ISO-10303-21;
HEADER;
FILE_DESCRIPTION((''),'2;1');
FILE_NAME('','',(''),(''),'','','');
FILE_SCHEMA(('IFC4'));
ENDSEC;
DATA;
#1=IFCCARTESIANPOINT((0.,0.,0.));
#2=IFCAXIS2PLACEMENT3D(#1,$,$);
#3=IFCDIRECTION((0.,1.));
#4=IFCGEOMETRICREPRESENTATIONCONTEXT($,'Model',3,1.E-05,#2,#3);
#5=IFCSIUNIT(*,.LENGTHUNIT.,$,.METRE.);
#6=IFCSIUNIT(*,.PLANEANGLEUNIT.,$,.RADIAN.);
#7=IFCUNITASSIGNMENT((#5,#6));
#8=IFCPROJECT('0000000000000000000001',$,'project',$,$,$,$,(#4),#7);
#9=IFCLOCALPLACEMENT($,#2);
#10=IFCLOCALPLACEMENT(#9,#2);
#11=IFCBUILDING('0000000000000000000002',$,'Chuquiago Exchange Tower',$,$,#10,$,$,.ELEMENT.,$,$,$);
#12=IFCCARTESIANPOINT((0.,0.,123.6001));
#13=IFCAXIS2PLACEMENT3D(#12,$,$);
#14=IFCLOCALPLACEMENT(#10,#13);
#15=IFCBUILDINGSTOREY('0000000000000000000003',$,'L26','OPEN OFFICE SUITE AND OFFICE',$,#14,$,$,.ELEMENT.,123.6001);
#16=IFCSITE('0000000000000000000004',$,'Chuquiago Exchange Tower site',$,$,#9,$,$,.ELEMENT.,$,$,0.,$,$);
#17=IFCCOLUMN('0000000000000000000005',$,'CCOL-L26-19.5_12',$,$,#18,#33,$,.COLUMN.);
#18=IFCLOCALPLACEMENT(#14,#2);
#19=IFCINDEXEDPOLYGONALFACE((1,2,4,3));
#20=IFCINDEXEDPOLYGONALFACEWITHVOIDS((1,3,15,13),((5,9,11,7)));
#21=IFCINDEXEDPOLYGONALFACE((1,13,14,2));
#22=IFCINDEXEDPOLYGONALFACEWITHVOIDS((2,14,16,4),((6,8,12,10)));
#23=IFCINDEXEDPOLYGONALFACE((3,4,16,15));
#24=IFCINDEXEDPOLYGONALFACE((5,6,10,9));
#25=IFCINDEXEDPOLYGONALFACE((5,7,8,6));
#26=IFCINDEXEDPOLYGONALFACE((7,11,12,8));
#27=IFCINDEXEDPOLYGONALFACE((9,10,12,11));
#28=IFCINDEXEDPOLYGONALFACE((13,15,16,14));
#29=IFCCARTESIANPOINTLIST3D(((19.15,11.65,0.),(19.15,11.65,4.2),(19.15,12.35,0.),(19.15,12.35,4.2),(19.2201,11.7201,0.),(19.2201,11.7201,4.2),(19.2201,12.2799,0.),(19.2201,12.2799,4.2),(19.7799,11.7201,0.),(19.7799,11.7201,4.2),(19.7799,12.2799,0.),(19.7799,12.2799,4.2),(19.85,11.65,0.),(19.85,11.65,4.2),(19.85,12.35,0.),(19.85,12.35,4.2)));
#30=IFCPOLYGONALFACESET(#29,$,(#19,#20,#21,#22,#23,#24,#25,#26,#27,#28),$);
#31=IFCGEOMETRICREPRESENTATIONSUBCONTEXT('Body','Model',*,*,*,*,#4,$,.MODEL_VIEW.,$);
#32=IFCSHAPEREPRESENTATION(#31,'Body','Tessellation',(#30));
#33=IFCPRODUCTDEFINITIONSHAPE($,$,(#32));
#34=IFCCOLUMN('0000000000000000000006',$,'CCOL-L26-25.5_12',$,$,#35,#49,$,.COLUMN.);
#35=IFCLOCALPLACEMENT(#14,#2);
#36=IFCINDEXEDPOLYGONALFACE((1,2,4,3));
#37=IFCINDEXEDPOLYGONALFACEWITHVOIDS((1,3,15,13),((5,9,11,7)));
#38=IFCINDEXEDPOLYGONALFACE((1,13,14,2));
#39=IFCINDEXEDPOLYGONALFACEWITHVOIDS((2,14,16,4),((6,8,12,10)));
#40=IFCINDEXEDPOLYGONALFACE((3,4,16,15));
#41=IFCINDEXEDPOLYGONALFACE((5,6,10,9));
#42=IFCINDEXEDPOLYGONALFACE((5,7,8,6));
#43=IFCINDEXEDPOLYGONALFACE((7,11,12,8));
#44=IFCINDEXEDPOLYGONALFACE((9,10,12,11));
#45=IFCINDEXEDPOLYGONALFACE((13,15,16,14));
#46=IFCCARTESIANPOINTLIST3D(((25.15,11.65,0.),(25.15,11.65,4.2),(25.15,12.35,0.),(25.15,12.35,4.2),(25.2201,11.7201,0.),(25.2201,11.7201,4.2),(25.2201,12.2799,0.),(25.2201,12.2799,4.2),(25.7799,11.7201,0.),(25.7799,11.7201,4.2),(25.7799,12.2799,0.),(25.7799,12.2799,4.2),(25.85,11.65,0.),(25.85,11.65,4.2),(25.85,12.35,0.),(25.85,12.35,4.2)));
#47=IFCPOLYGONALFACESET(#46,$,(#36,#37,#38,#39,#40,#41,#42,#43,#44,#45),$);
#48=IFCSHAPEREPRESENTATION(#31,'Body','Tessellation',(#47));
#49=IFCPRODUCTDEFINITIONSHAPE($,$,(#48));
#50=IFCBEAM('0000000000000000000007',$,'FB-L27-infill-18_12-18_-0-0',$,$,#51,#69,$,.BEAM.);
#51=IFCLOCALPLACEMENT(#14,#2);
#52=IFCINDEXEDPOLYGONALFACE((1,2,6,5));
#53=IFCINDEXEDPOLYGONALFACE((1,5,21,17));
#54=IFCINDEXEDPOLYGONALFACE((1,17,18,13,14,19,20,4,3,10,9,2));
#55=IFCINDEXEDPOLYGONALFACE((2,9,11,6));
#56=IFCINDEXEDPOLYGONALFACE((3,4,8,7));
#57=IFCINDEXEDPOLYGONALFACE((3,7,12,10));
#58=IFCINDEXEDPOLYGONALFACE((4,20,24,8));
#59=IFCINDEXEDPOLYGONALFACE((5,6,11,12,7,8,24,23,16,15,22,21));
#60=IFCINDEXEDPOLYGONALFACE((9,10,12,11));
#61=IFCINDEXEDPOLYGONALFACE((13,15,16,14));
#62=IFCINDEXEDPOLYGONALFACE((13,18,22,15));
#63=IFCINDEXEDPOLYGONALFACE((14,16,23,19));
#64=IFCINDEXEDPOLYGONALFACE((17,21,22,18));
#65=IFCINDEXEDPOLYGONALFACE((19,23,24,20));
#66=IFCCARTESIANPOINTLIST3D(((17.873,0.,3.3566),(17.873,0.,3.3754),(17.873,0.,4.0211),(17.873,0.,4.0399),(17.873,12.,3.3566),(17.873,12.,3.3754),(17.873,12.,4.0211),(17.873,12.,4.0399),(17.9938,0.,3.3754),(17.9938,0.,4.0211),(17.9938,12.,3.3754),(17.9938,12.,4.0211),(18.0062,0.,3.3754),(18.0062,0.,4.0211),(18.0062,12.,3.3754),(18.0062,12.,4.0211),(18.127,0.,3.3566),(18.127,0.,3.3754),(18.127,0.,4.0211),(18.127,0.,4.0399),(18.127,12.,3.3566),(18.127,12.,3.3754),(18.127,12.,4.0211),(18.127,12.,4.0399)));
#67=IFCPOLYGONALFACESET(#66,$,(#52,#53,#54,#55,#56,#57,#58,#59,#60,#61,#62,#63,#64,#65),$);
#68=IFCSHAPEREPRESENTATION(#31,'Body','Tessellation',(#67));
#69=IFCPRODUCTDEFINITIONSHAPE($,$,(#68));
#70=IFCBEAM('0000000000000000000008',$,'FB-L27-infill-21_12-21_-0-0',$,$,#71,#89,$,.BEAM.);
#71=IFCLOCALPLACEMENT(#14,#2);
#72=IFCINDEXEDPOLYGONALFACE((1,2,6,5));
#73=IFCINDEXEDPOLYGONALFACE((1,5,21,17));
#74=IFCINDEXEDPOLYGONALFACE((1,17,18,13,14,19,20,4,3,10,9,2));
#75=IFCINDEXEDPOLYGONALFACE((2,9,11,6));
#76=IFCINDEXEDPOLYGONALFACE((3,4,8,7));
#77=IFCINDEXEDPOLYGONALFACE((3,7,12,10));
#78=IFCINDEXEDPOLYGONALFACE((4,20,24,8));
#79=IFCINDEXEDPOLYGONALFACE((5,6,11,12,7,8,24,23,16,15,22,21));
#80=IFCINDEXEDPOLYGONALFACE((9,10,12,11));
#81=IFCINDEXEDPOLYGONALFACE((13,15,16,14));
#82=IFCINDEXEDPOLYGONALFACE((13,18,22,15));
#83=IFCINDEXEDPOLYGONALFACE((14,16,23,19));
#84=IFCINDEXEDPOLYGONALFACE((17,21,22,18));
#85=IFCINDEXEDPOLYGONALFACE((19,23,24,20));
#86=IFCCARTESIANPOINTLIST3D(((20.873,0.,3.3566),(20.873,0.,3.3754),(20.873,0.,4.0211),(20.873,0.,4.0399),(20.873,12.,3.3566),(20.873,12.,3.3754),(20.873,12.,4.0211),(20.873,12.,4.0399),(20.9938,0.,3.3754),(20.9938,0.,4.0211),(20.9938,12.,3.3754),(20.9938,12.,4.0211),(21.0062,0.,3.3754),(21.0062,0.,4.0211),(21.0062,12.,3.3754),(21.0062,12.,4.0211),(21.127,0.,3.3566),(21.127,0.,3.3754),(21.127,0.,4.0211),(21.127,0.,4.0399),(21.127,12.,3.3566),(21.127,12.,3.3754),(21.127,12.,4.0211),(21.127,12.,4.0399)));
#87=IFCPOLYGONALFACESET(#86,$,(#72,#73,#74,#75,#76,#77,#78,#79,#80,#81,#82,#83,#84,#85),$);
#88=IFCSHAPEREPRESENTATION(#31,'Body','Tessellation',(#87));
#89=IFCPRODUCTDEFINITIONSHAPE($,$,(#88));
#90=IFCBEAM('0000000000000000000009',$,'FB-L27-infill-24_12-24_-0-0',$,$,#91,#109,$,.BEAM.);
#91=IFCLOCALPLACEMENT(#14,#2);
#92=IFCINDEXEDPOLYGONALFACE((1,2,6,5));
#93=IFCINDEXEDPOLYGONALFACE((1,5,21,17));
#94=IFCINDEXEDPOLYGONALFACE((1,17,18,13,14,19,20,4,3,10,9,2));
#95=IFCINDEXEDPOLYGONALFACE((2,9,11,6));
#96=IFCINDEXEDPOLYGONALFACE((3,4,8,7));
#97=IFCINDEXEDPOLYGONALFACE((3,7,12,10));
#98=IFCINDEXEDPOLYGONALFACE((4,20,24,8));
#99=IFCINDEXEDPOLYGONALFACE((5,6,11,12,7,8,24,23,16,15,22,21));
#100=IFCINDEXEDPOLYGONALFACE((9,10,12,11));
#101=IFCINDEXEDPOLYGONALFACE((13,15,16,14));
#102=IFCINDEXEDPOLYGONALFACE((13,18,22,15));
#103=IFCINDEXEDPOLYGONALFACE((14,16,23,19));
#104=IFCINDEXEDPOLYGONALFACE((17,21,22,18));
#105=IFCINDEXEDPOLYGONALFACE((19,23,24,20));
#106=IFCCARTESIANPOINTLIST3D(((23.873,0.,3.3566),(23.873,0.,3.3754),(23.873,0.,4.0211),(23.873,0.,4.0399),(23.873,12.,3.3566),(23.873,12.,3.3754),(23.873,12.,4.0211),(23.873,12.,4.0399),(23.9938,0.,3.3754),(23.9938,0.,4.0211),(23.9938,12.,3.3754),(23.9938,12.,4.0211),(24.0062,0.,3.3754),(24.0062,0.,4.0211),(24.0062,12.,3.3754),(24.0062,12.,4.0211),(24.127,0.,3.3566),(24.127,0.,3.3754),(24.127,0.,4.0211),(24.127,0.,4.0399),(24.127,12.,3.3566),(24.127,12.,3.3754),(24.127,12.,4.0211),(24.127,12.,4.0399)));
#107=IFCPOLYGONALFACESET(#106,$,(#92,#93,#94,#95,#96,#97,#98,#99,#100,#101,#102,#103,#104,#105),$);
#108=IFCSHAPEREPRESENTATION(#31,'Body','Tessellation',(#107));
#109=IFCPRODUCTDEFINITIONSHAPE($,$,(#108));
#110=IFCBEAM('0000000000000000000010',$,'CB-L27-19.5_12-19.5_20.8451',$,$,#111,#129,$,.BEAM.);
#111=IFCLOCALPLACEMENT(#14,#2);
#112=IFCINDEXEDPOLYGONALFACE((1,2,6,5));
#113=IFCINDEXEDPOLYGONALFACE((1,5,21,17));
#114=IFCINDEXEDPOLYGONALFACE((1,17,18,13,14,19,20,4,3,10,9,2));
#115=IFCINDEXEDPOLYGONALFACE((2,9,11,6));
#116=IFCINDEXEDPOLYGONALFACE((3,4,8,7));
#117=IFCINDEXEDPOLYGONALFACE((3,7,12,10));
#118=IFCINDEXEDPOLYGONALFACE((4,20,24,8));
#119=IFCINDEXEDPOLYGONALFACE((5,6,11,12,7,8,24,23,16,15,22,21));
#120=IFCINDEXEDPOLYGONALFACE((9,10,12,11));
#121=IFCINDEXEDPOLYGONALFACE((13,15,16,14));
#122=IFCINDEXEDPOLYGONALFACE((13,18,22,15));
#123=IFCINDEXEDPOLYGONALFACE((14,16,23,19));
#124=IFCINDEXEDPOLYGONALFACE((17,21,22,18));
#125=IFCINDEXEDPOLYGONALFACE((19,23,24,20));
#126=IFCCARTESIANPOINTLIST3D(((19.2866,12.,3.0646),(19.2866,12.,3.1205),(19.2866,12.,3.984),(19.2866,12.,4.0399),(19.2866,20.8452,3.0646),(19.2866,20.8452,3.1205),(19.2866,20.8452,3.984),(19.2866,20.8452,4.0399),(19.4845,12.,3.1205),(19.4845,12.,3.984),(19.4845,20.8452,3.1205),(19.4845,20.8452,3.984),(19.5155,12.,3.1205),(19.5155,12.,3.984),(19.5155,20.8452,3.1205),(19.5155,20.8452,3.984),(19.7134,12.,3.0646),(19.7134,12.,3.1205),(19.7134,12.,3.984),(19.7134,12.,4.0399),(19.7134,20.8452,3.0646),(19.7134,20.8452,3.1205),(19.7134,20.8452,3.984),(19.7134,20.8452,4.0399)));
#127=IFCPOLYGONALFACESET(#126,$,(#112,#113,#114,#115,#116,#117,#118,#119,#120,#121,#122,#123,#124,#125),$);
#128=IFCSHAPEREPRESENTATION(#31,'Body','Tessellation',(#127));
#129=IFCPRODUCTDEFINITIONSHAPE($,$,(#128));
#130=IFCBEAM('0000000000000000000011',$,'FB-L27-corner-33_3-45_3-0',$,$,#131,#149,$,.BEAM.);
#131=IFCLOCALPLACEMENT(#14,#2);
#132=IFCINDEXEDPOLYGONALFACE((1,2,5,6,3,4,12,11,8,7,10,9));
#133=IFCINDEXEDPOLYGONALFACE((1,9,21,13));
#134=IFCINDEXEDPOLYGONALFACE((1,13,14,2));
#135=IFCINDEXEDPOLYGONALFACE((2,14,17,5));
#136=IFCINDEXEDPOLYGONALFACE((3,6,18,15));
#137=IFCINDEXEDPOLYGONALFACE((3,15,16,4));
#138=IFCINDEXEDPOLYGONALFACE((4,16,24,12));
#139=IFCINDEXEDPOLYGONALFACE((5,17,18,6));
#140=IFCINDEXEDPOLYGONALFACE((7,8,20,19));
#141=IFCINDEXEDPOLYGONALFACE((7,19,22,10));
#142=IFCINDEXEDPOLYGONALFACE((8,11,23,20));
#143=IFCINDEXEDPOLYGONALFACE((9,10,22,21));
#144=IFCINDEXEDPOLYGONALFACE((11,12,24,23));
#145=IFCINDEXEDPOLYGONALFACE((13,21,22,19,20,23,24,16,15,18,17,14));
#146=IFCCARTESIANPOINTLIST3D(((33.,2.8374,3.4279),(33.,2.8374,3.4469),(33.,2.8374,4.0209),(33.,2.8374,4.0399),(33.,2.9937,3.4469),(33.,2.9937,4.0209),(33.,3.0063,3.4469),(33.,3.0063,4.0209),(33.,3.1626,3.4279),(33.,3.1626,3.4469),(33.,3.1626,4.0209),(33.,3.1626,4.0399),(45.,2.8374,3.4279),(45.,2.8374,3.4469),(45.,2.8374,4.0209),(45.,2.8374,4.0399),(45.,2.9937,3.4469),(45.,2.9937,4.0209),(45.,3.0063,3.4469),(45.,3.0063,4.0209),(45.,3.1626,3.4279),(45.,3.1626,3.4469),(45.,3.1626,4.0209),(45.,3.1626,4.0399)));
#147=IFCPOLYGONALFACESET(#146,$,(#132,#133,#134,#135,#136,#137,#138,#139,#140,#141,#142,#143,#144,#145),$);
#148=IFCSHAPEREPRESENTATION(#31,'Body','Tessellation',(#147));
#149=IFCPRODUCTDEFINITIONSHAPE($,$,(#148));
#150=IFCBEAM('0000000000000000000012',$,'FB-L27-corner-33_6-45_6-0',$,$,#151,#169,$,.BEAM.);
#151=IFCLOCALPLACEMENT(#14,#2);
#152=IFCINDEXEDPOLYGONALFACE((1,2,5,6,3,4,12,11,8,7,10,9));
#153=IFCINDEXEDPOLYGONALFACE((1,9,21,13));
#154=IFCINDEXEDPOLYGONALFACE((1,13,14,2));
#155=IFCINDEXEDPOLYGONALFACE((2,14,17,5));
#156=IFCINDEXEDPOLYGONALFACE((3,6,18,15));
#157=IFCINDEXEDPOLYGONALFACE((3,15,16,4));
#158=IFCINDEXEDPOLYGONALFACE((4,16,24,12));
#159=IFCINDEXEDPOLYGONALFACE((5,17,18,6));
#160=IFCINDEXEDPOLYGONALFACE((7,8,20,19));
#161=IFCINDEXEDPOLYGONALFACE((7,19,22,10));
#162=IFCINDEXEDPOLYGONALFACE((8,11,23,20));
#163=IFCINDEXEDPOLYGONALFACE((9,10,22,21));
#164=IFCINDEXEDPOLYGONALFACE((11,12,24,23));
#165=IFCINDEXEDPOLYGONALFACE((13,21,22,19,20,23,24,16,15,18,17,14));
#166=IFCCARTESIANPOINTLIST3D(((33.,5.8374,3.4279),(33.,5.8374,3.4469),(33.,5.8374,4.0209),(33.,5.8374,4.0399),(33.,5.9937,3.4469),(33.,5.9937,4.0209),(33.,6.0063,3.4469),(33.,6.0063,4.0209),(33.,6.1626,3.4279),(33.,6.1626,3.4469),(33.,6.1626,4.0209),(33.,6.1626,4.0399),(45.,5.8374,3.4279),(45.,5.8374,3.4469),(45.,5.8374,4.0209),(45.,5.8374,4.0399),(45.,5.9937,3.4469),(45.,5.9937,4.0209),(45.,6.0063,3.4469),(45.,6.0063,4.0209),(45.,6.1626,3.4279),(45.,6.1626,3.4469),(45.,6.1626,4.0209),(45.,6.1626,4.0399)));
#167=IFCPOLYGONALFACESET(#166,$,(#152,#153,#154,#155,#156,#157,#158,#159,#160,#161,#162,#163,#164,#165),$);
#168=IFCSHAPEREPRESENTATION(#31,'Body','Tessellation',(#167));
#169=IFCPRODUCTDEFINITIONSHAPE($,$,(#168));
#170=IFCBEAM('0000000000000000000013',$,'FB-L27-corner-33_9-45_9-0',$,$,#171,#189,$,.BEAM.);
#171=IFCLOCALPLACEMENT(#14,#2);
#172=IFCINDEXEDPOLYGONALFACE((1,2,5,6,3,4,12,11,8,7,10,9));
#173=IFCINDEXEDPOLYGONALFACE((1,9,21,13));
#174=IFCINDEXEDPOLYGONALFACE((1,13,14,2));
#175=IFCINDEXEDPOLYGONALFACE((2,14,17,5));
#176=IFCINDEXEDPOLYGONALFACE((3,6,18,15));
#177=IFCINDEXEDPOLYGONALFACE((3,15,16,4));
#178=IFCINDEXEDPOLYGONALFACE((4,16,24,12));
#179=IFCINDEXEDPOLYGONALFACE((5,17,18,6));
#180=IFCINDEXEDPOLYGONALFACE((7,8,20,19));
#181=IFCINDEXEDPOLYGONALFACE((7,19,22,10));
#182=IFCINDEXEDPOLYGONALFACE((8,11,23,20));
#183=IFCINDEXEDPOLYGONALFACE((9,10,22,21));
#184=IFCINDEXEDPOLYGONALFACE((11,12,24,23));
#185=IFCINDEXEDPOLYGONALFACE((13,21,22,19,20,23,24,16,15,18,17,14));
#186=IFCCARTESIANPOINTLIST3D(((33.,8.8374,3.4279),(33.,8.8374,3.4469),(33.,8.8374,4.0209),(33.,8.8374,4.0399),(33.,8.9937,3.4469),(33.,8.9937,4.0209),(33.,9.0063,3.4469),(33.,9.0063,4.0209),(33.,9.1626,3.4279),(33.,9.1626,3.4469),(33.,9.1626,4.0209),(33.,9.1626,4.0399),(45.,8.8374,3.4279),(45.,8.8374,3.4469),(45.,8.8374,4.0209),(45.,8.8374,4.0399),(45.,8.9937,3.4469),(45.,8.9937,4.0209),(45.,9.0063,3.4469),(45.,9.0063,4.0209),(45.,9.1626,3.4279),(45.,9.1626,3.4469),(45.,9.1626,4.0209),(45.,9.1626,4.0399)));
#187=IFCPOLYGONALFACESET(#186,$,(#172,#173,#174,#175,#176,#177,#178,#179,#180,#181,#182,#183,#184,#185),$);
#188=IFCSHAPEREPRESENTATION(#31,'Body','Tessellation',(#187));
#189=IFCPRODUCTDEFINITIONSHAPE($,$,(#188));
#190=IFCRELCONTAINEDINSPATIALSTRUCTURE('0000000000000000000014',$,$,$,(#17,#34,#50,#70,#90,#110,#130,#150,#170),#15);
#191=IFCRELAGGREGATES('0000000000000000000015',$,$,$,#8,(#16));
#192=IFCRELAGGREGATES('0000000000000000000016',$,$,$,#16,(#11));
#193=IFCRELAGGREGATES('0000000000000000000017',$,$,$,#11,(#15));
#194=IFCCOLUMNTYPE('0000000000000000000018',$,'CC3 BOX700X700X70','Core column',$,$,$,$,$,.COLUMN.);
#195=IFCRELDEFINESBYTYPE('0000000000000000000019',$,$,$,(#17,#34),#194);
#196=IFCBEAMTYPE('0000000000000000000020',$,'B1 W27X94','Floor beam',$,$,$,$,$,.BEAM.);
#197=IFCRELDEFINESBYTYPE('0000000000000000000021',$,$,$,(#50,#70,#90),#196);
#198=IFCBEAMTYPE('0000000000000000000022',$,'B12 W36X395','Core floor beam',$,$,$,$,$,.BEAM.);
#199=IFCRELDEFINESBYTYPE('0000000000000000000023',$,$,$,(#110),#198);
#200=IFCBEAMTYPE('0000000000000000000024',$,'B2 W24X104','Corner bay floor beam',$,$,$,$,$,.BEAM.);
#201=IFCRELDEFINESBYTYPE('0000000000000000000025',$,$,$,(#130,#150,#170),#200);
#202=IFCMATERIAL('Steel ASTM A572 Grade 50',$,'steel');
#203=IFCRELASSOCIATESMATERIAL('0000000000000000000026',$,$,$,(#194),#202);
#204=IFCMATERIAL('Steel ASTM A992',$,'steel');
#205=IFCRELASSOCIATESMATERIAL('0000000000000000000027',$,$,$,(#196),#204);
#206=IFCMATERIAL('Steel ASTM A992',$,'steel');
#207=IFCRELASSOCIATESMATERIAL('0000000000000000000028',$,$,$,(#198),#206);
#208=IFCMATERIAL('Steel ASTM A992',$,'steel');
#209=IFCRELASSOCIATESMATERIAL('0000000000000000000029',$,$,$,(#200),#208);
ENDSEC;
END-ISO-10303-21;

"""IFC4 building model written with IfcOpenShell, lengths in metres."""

from ifc_helpers import new_model, si_unit, direction, frame, origin, origin_2d, place, context, subcontext, project, spatial, hollow_rectangle, i_section, extrude, material, material_profile, profile_set, type_object, element, save


model = new_model("IFC4")

# Units and contexts
model_context = context("Model", 3, precision=1e-05, world=origin(), true_north=direction((0.0, 1.0)))
body_context = subcontext(model_context, "Body", "Model", "MODEL_VIEW")
ifc_project = project(units=[si_unit("LENGTHUNIT", "METRE"), si_unit("PLANEANGLEUNIT", "RADIAN")], contexts=[model_context])

# Site, building, storey
site_placement = place(None, origin())
site = spatial("IfcSite", under=ifc_project, at=site_placement, Name="Chuquiago Exchange Tower site", CompositionType="ELEMENT", RefElevation=0.0)
building_placement = place(site_placement, origin())
building = spatial("IfcBuilding", under=site, at=building_placement, Name="Chuquiago Exchange Tower", CompositionType="ELEMENT")
storey_placement = place(building_placement, frame((0.0, 0.0, 123.6001)))
storey = spatial("IfcBuildingStorey", under=building, at=storey_placement, Name="L26", Description="OPEN OFFICE SUITE AND OFFICE", CompositionType="ELEMENT", Elevation=123.6001)

# Columns
ifc_material_1 = material(Name="Steel ASTM A572 Grade 50", Category="steel")
ifc_material_profile_1 = material_profile(ifc_material_1, hollow_rectangle(XDim=0.7, YDim=0.7, WallThickness=0.0701, at=origin_2d()), Name="BOX700X700X70")
ifc_profile_set_1 = profile_set([ifc_material_profile_1], Name="Steel ASTM A572 Grade 50")
column_type = type_object("IfcColumnType", Name="CC3 BOX700X700X70", Description="Core column", PredefinedType="COLUMN", material=ifc_profile_set_1)
for number, where, z_axis, x_axis, name in (
    (1, (19.5, 12.0, 0.0), (0.0, 0.0, 1.0), (1.0, 0.0, 0.0), "CCOL-L26-19.5_12"),
    (2, (25.5, 12.0, 0.0), (0.0, 0.0, 1.0), (1.0, 0.0, 0.0), "CCOL-L26-25.5_12"),
):
    element("IfcColumn", number, at=place(storey_placement, frame(where, z_axis=z_axis, x_axis=x_axis)), inside=storey, type_object=column_type, Name=name, PredefinedType="COLUMN", context=body_context, shape_type="SweptSolid", body=[
        extrude(hollow_rectangle(XDim=0.7, YDim=0.7, WallThickness=0.0701, at=origin_2d()), origin(), (0.0, 0.0, 1.0), 4.2),
    ])

# Beams
ifc_material_2 = material(Name="Steel ASTM A992", Category="steel")
ifc_material_profile_2 = material_profile(ifc_material_2, i_section(OverallWidth=0.2539, OverallDepth=0.6833, WebThickness=0.0125, FlangeThickness=0.0188, at=origin_2d()), Name="W27X94")
ifc_profile_set_2 = profile_set([ifc_material_profile_2], Name="Steel ASTM A992")
beam_type_1 = type_object("IfcBeamType", Name="B1 W27X94", Description="Floor beam", PredefinedType="BEAM", material=ifc_profile_set_2)
for number, where, z_axis, x_axis, name in (
    (3, (18.0, 12.0, 3.6982), (0.0, -1.0, 0.0), (1.0, 0.0, 0.0), "FB-L27-infill-18_12-18_-0-0"),
    (4, (21.0, 12.0, 3.6982), (0.0, -1.0, 0.0), (1.0, 0.0, 0.0), "FB-L27-infill-21_12-21_-0-0"),
    (5, (24.0, 12.0, 3.6982), (0.0, -1.0, 0.0), (1.0, 0.0, 0.0), "FB-L27-infill-24_12-24_-0-0"),
):
    element("IfcBeam", number, at=place(storey_placement, frame(where, z_axis=z_axis, x_axis=x_axis)), inside=storey, type_object=beam_type_1, Name=name, PredefinedType="BEAM", context=body_context, shape_type="SweptSolid", body=[
        extrude(i_section(OverallWidth=0.2539, OverallDepth=0.6833, WebThickness=0.0125, FlangeThickness=0.0188, at=origin_2d()), origin(), (0.0, 0.0, 1.0), 12.0),
    ])
ifc_material_3 = material(Name="Steel ASTM A992", Category="steel")
ifc_material_profile_3 = material_profile(ifc_material_3, i_section(OverallWidth=0.4268, OverallDepth=0.9753, WebThickness=0.031, FlangeThickness=0.0559, at=origin_2d()), Name="W36X395")
ifc_profile_set_3 = profile_set([ifc_material_profile_3], Name="Steel ASTM A992")
beam_type_2 = type_object("IfcBeamType", Name="B12 W36X395", Description="Core floor beam", PredefinedType="BEAM", material=ifc_profile_set_3)
beam_1_placement = place(storey_placement, frame((19.5, 12.0, 3.5522), z_axis=(0.0, 1.0, 0.0), x_axis=(-1.0, 0.0, 0.0)))
element("IfcBeam", 6, at=beam_1_placement, inside=storey, type_object=beam_type_2, Name="CB-L27-19.5_12-19.5_20.8451", PredefinedType="BEAM", context=body_context, shape_type="SweptSolid", body=[
    extrude(i_section(OverallWidth=0.4268, OverallDepth=0.9753, WebThickness=0.031, FlangeThickness=0.0559, at=origin_2d()), origin(), (0.0, 0.0, 1.0), 8.8452),
])
ifc_material_4 = material(Name="Steel ASTM A992", Category="steel")
ifc_material_profile_4 = material_profile(ifc_material_4, i_section(OverallWidth=0.3252, OverallDepth=0.6121, WebThickness=0.0127, FlangeThickness=0.019, at=origin_2d()), Name="W24X104")
ifc_profile_set_4 = profile_set([ifc_material_profile_4], Name="Steel ASTM A992")
beam_type_3 = type_object("IfcBeamType", Name="B2 W24X104", Description="Corner bay floor beam", PredefinedType="BEAM", material=ifc_profile_set_4)
for number, where, z_axis, x_axis, name in (
    (7, (33.0, 3.0, 3.7339), (1.0, 0.0, 0.0), (0.0, 1.0, 0.0), "FB-L27-corner-33_3-45_3-0"),
    (8, (33.0, 6.0, 3.7339), (1.0, 0.0, 0.0), (0.0, 1.0, 0.0), "FB-L27-corner-33_6-45_6-0"),
    (9, (33.0, 9.0, 3.7339), (1.0, 0.0, 0.0), (0.0, 1.0, 0.0), "FB-L27-corner-33_9-45_9-0"),
):
    element("IfcBeam", number, at=place(storey_placement, frame(where, z_axis=z_axis, x_axis=x_axis)), inside=storey, type_object=beam_type_3, Name=name, PredefinedType="BEAM", context=body_context, shape_type="SweptSolid", body=[
        extrude(i_section(OverallWidth=0.3252, OverallDepth=0.6121, WebThickness=0.0127, FlangeThickness=0.019, at=origin_2d()), origin(), (0.0, 0.0, 1.0), 12.0),
    ])

save(model, "model.ifc")
